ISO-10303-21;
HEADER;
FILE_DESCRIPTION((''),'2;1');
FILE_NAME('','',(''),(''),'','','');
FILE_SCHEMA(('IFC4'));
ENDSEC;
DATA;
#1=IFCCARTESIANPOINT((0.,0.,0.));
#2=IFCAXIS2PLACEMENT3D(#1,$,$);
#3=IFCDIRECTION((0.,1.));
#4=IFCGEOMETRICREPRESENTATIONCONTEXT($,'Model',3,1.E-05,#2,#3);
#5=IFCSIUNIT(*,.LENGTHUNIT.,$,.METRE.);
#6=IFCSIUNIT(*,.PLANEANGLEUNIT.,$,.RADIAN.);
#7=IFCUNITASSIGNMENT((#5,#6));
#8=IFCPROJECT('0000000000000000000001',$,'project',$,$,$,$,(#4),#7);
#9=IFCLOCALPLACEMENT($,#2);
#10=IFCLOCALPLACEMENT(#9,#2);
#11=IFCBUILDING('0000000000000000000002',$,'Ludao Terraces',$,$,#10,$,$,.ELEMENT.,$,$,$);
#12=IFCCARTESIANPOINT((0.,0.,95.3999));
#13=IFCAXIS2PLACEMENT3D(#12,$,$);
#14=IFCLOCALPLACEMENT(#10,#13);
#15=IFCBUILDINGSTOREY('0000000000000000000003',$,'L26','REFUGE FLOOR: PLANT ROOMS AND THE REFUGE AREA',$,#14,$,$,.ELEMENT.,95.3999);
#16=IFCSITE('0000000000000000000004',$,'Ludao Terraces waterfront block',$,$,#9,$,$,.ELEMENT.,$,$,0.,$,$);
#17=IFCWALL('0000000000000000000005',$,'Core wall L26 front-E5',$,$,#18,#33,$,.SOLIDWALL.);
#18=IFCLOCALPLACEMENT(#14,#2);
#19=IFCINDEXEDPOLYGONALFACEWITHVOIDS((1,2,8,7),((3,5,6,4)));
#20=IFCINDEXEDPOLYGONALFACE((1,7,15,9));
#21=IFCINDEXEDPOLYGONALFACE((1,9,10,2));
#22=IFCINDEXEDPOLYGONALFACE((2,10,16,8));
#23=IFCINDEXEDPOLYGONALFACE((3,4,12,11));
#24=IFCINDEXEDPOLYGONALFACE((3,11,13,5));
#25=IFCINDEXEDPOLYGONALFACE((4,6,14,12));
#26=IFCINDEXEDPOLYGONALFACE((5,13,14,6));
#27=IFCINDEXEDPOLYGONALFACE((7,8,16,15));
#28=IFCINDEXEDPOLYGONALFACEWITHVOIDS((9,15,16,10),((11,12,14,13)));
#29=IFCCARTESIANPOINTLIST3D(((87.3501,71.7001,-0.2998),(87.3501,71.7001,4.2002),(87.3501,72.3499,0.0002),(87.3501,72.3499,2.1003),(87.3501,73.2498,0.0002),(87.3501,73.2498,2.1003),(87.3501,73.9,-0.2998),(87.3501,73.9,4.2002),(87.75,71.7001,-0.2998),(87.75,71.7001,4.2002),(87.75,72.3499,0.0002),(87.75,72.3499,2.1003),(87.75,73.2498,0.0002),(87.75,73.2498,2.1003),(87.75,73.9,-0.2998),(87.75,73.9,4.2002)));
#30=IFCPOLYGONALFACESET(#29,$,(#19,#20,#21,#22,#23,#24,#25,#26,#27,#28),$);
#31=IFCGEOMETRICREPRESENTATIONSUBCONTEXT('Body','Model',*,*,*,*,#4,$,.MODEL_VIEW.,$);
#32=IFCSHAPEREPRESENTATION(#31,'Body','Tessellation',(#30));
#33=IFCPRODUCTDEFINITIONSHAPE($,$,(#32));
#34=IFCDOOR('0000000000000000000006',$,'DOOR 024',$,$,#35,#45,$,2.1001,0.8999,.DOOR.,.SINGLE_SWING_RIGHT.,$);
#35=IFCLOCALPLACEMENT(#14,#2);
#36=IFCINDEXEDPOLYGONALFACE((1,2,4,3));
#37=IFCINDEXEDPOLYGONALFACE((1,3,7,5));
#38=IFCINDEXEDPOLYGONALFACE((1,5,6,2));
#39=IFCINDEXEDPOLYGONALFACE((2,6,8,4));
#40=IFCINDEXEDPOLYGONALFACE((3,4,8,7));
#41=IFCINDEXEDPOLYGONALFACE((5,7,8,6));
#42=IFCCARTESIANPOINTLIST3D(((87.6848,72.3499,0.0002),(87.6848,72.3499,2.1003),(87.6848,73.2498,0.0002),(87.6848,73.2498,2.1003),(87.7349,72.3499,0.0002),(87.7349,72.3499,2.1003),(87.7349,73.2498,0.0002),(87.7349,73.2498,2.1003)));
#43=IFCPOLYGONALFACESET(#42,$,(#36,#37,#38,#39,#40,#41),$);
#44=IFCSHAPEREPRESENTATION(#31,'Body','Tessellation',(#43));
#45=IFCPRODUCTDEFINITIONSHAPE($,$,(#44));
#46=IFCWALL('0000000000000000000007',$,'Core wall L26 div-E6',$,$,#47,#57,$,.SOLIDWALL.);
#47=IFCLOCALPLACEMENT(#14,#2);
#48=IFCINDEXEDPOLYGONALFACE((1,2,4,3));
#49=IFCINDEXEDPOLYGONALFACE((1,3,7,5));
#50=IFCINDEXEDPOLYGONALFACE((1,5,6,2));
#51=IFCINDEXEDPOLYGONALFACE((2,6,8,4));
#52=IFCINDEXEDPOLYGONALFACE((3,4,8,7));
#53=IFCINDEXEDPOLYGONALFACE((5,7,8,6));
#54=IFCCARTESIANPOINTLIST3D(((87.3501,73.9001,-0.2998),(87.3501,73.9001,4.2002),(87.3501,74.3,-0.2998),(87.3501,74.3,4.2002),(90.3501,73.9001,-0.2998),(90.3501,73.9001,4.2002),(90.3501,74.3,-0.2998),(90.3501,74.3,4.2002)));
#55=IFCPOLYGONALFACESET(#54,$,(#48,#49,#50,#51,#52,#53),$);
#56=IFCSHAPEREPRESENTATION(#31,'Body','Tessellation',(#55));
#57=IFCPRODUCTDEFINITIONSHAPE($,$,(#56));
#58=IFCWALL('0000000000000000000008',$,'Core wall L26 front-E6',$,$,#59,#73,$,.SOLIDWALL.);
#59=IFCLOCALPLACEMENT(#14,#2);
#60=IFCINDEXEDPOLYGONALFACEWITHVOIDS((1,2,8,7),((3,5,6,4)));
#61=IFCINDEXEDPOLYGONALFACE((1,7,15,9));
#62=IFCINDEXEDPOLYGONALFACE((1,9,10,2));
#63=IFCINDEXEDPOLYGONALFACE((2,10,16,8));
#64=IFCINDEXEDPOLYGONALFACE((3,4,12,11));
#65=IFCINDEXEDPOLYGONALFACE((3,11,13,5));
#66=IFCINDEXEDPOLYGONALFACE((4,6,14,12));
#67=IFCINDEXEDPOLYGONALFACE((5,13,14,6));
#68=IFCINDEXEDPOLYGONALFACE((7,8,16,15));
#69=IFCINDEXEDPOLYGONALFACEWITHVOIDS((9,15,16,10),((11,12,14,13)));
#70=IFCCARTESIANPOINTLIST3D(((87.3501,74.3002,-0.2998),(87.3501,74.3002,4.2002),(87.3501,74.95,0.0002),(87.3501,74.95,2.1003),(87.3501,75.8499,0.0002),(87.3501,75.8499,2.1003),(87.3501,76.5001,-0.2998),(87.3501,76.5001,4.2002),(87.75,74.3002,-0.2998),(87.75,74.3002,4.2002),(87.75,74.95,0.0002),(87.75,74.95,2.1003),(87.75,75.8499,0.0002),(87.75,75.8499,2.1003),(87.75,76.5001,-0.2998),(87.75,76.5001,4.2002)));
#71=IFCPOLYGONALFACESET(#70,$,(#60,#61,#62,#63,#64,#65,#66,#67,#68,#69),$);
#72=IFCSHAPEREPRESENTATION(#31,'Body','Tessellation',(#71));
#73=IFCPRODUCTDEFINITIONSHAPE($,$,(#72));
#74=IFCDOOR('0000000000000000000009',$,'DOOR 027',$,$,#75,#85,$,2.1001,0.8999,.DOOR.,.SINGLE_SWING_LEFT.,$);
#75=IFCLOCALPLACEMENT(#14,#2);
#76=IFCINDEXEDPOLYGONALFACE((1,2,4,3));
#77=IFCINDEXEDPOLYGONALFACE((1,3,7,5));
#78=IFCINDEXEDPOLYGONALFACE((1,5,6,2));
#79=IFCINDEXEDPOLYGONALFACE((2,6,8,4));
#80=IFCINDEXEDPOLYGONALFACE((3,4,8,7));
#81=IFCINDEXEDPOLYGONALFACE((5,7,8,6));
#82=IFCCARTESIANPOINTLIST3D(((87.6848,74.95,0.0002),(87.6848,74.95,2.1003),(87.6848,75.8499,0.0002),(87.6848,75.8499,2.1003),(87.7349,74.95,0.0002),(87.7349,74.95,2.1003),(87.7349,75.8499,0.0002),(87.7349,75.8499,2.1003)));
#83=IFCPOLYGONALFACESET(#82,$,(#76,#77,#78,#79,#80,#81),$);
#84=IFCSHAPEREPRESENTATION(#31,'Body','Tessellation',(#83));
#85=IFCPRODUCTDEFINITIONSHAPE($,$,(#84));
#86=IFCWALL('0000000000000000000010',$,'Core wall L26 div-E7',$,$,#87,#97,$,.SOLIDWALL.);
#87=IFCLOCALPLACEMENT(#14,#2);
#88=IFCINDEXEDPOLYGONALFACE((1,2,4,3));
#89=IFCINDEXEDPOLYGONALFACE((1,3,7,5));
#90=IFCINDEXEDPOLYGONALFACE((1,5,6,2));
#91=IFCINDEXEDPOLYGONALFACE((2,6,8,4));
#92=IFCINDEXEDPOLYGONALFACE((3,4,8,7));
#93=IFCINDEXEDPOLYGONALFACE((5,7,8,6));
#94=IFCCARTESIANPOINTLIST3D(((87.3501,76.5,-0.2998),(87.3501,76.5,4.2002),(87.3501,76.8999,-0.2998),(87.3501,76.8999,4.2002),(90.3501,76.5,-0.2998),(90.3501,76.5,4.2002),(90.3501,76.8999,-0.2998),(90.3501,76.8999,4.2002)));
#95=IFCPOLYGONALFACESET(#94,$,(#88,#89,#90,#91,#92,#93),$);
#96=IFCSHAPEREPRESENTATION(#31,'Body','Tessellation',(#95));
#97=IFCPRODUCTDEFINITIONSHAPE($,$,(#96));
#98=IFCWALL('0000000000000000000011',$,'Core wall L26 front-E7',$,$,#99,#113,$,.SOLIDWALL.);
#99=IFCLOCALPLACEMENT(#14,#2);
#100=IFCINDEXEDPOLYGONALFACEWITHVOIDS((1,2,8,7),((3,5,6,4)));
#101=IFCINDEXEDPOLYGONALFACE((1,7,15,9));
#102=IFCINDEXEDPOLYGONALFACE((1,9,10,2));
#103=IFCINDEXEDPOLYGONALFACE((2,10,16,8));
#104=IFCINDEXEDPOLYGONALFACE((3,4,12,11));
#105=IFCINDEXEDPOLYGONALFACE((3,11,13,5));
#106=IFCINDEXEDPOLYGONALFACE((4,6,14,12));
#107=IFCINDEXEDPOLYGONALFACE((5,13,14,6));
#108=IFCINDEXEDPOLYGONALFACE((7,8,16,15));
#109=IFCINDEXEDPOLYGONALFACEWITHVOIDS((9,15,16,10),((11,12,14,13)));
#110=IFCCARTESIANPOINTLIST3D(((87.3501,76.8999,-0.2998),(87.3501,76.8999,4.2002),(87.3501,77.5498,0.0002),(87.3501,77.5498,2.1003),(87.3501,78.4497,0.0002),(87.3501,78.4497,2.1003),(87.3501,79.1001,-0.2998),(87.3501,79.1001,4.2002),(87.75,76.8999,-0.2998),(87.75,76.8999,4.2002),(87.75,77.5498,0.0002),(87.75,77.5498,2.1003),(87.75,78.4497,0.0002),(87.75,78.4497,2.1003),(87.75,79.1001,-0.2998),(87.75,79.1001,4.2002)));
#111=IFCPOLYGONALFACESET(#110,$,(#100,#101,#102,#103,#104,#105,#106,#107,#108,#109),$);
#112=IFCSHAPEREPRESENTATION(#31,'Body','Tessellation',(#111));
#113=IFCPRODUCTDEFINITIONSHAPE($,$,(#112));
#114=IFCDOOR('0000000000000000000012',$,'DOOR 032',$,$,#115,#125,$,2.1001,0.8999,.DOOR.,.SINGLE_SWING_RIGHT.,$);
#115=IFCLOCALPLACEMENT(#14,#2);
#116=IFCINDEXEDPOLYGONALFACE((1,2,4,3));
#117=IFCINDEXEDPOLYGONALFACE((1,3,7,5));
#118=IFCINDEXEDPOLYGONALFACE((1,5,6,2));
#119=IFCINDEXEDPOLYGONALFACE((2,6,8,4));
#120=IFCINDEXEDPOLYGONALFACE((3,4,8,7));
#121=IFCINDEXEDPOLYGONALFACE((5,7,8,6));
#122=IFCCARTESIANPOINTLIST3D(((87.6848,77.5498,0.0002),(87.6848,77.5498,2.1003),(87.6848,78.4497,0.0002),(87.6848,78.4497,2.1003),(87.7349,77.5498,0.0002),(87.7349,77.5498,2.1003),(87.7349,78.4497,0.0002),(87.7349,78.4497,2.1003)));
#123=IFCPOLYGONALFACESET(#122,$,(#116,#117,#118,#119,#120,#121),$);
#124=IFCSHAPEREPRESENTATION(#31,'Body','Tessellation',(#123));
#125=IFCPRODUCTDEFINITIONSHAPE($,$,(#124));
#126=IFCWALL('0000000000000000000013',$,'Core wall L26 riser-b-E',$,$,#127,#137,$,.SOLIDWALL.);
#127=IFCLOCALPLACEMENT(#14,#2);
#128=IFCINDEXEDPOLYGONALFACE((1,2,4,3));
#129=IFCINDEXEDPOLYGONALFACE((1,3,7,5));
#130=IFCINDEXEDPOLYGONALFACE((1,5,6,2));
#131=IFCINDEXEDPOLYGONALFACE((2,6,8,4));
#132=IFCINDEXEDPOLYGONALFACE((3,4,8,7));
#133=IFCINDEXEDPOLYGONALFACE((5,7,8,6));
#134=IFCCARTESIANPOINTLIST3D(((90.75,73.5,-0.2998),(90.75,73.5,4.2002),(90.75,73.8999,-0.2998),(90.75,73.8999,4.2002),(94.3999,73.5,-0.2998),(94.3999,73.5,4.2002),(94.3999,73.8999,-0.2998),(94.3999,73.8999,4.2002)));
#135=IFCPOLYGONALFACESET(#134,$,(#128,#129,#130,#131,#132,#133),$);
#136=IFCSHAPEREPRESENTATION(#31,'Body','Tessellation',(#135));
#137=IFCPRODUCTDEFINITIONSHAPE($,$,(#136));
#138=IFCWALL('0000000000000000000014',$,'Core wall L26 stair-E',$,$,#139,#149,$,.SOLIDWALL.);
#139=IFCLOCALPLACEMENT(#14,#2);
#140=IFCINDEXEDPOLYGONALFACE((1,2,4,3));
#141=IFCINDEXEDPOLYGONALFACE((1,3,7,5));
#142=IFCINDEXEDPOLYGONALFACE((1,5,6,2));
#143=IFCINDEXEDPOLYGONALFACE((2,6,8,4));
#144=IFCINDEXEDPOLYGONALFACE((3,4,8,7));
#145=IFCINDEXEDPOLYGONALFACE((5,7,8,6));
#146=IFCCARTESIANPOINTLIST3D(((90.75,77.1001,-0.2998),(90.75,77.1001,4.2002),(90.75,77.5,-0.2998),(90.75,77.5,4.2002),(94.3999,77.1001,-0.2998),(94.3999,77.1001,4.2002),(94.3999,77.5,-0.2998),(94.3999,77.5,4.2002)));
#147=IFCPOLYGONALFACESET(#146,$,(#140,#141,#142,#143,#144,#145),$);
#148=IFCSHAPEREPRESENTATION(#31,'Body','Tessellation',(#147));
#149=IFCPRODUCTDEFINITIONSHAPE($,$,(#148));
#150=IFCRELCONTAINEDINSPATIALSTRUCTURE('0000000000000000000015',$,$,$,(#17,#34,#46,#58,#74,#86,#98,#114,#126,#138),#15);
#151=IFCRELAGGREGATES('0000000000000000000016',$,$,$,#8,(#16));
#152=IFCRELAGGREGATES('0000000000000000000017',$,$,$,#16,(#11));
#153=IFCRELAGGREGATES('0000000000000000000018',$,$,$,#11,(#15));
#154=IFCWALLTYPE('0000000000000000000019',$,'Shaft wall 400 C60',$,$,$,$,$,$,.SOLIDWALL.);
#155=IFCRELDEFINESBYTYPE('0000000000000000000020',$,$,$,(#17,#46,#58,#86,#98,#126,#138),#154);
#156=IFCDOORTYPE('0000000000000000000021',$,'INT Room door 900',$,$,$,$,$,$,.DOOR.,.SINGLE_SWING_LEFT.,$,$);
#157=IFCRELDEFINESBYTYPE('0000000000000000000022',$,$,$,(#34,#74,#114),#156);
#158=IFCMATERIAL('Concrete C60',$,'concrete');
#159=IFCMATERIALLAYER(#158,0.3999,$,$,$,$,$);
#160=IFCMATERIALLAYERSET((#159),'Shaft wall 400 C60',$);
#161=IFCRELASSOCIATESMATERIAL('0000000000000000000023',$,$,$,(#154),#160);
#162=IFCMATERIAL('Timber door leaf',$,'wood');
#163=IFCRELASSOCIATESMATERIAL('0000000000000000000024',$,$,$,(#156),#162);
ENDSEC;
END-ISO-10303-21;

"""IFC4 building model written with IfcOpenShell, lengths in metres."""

from ifc_helpers import new_model, si_unit, direction, frame, frame_2d, origin, place, context, subcontext, project, spatial, rectangle, extrude, material, layer, layer_set, type_object, element, fill, save


model = new_model("IFC4")

# Units and contexts
model_context = context("Model", 3, precision=1e-05, world=origin(), true_north=direction((0.0, 1.0)))
body_context = subcontext(model_context, "Body", "Model", "MODEL_VIEW")
ifc_project = project(units=[si_unit("LENGTHUNIT", "METRE"), si_unit("PLANEANGLEUNIT", "RADIAN")], contexts=[model_context])

# Site, building, storey
site_placement = place(None, origin())
site = spatial("IfcSite", under=ifc_project, at=site_placement, Name="Ludao Terraces waterfront block", CompositionType="ELEMENT", RefElevation=0.0)
building_placement = place(site_placement, origin())
building = spatial("IfcBuilding", under=site, at=building_placement, Name="Ludao Terraces", CompositionType="ELEMENT")
storey_placement = place(building_placement, frame((0.0, 0.0, 95.3999)))
storey = spatial("IfcBuildingStorey", under=building, at=storey_placement, Name="L26", Description="REFUGE FLOOR: PLANT ROOMS AND THE REFUGE AREA", CompositionType="ELEMENT", Elevation=95.3999)

# Shared definitions
ifc_material_1 = material(Name="Concrete C60", Category="concrete")

# Shared definitions
ifc_layer_1 = layer(ifc_material_1, 0.3999)
ifc_layer_set_1 = layer_set([ifc_layer_1], Name="Shaft wall 400 C60")
wall_type_1 = type_object("IfcWallType", Name="Shaft wall 400 C60", PredefinedType="SOLIDWALL", material=ifc_layer_set_1)

# Wall, opening, door
wall_1_placement = place(storey_placement, frame((87.55, 71.7, -0.2998), z_axis=(0.0, 0.0, 1.0), x_axis=(0.0, 1.0, 0.0)))
wall_1 = element("IfcWall", 1, at=wall_1_placement, inside=storey, type_object=wall_type_1, Name="Core wall L26 front-E5", PredefinedType="SOLIDWALL", context=body_context, shape_type="SweptSolid", body=[
    extrude(rectangle(XDim=2.2, YDim=0.3999, at=frame_2d((1.1001, 0.0))), origin(), (0.0, 0.0, 1.0), 4.5),
])
opening_1_placement = place(wall_1_placement, frame((0.6499, 0.0, 0.3)))
opening_1 = element("IfcOpeningElement", 2, at=opening_1_placement, cuts=wall_1, PredefinedType="OPENING", context=body_context, shape_type="SweptSolid", body=[
    extrude(rectangle(XDim=0.8999, YDim=2.1001, at=frame_2d((0.45, 1.05))), frame((0.0, 0.21, 0.0), z_axis=(0.0, -1.0, 0.0), x_axis=(1.0, 0.0, 0.0)), (0.0, 0.0, 1.0), 0.4199),
])
ifc_material_2 = material(Name="Timber door leaf", Category="wood")
door_type_1 = type_object("IfcDoorType", Name="INT Room door 900", OperationType="SINGLE_SWING_LEFT", PredefinedType="DOOR", material=ifc_material_2)
door_1_placement = place(opening_1_placement, origin())
door_1 = element("IfcDoor", 3, at=door_1_placement, inside=storey, type_object=door_type_1, Name="DOOR 024", OperationType="SINGLE_SWING_RIGHT", OverallHeight=2.1001, OverallWidth=0.8999, PredefinedType="DOOR", context=body_context, shape_type="SweptSolid", body=[
    extrude(rectangle(XDim=0.8999, YDim=2.1001, at=frame_2d((0.45, 1.05))), frame((0.0, -0.1348, 0.0), z_axis=(0.0, -1.0, 0.0), x_axis=(1.0, 0.0, 0.0)), (0.0, 0.0, 1.0), 0.05),
])
fill(opening_1, door_1)

# Wall
wall_2_placement = place(storey_placement, frame((87.3501, 74.1001, -0.2998), z_axis=(0.0, 0.0, 1.0), x_axis=(1.0, 0.0, 0.0)))
element("IfcWall", 4, at=wall_2_placement, inside=storey, type_object=wall_type_1, Name="Core wall L26 div-E6", PredefinedType="SOLIDWALL", context=body_context, shape_type="SweptSolid", body=[
    extrude(rectangle(XDim=3.0, YDim=0.3999, at=frame_2d((1.5, 0.0))), origin(), (0.0, 0.0, 1.0), 4.5),
])

# Wall, opening, door
wall_3_placement = place(storey_placement, frame((87.55, 74.3, -0.2998), z_axis=(0.0, 0.0, 1.0), x_axis=(0.0, 1.0, 0.0)))
wall_3 = element("IfcWall", 5, at=wall_3_placement, inside=storey, type_object=wall_type_1, Name="Core wall L26 front-E6", PredefinedType="SOLIDWALL", context=body_context, shape_type="SweptSolid", body=[
    extrude(rectangle(XDim=2.2, YDim=0.3999, at=frame_2d((1.1001, 0.0))), origin(), (0.0, 0.0, 1.0), 4.5),
])
opening_2_placement = place(wall_3_placement, frame((0.6499, 0.0, 0.3)))
opening_2 = element("IfcOpeningElement", 6, at=opening_2_placement, cuts=wall_3, PredefinedType="OPENING", context=body_context, shape_type="SweptSolid", body=[
    extrude(rectangle(XDim=0.8999, YDim=2.1001, at=frame_2d((0.45, 1.05))), frame((0.0, 0.21, 0.0), z_axis=(0.0, -1.0, 0.0), x_axis=(1.0, 0.0, 0.0)), (0.0, 0.0, 1.0), 0.4199),
])
door_2_placement = place(opening_2_placement, origin())
door_2 = element("IfcDoor", 7, at=door_2_placement, inside=storey, type_object=door_type_1, Name="DOOR 027", OperationType="SINGLE_SWING_LEFT", OverallHeight=2.1001, OverallWidth=0.8999, PredefinedType="DOOR", context=body_context, shape_type="SweptSolid", body=[
    extrude(rectangle(XDim=0.8999, YDim=2.1001, at=frame_2d((0.45, 1.05))), frame((0.0, -0.1348, 0.0), z_axis=(0.0, -1.0, 0.0), x_axis=(1.0, 0.0, 0.0)), (0.0, 0.0, 1.0), 0.05),
])
fill(opening_2, door_2)

# Wall
wall_4_placement = place(storey_placement, frame((87.3501, 76.7, -0.2998), z_axis=(0.0, 0.0, 1.0), x_axis=(1.0, 0.0, 0.0)))
element("IfcWall", 8, at=wall_4_placement, inside=storey, type_object=wall_type_1, Name="Core wall L26 div-E7", PredefinedType="SOLIDWALL", context=body_context, shape_type="SweptSolid", body=[
    extrude(rectangle(XDim=3.0, YDim=0.3999, at=frame_2d((1.5, 0.0))), origin(), (0.0, 0.0, 1.0), 4.5),
])

# Wall, opening, door
wall_5_placement = place(storey_placement, frame((87.55, 76.8999, -0.2998), z_axis=(0.0, 0.0, 1.0), x_axis=(0.0, 1.0, 0.0)))
wall_5 = element("IfcWall", 9, at=wall_5_placement, inside=storey, type_object=wall_type_1, Name="Core wall L26 front-E7", PredefinedType="SOLIDWALL", context=body_context, shape_type="SweptSolid", body=[
    extrude(rectangle(XDim=2.2002, YDim=0.3999, at=frame_2d((1.1001, 0.0))), origin(), (0.0, 0.0, 1.0), 4.5),
])
opening_3_placement = place(wall_5_placement, frame((0.6499, 0.0, 0.3)))
opening_3 = element("IfcOpeningElement", 10, at=opening_3_placement, cuts=wall_5, PredefinedType="OPENING", context=body_context, shape_type="SweptSolid", body=[
    extrude(rectangle(XDim=0.8999, YDim=2.1001, at=frame_2d((0.45, 1.05))), frame((0.0, 0.21, 0.0), z_axis=(0.0, -1.0, 0.0), x_axis=(1.0, 0.0, 0.0)), (0.0, 0.0, 1.0), 0.4199),
])
door_3_placement = place(opening_3_placement, origin())
door_3 = element("IfcDoor", 11, at=door_3_placement, inside=storey, type_object=door_type_1, Name="DOOR 032", OperationType="SINGLE_SWING_RIGHT", OverallHeight=2.1001, OverallWidth=0.8999, PredefinedType="DOOR", context=body_context, shape_type="SweptSolid", body=[
    extrude(rectangle(XDim=0.8999, YDim=2.1001, at=frame_2d((0.45, 1.05))), frame((0.0, -0.1348, 0.0), z_axis=(0.0, -1.0, 0.0), x_axis=(1.0, 0.0, 0.0)), (0.0, 0.0, 1.0), 0.05),
])
fill(opening_3, door_3)

# Walls
for number, where, z_axis, x_axis, name in (
    (12, (90.75, 73.7, -0.2998), (0.0, 0.0, 1.0), (1.0, 0.0, 0.0), "Core wall L26 riser-b-E"),
    (13, (90.75, 77.3, -0.2998), (0.0, 0.0, 1.0), (1.0, 0.0, 0.0), "Core wall L26 stair-E"),
):
    element("IfcWall", number, at=place(storey_placement, frame(where, z_axis=z_axis, x_axis=x_axis)), inside=storey, type_object=wall_type_1, Name=name, PredefinedType="SOLIDWALL", context=body_context, shape_type="SweptSolid", body=[
        extrude(rectangle(XDim=3.6499, YDim=0.3999, at=frame_2d((1.825, 0.0))), origin(), (0.0, 0.0, 1.0), 4.5),
    ])

save(model, "model.ifc")
